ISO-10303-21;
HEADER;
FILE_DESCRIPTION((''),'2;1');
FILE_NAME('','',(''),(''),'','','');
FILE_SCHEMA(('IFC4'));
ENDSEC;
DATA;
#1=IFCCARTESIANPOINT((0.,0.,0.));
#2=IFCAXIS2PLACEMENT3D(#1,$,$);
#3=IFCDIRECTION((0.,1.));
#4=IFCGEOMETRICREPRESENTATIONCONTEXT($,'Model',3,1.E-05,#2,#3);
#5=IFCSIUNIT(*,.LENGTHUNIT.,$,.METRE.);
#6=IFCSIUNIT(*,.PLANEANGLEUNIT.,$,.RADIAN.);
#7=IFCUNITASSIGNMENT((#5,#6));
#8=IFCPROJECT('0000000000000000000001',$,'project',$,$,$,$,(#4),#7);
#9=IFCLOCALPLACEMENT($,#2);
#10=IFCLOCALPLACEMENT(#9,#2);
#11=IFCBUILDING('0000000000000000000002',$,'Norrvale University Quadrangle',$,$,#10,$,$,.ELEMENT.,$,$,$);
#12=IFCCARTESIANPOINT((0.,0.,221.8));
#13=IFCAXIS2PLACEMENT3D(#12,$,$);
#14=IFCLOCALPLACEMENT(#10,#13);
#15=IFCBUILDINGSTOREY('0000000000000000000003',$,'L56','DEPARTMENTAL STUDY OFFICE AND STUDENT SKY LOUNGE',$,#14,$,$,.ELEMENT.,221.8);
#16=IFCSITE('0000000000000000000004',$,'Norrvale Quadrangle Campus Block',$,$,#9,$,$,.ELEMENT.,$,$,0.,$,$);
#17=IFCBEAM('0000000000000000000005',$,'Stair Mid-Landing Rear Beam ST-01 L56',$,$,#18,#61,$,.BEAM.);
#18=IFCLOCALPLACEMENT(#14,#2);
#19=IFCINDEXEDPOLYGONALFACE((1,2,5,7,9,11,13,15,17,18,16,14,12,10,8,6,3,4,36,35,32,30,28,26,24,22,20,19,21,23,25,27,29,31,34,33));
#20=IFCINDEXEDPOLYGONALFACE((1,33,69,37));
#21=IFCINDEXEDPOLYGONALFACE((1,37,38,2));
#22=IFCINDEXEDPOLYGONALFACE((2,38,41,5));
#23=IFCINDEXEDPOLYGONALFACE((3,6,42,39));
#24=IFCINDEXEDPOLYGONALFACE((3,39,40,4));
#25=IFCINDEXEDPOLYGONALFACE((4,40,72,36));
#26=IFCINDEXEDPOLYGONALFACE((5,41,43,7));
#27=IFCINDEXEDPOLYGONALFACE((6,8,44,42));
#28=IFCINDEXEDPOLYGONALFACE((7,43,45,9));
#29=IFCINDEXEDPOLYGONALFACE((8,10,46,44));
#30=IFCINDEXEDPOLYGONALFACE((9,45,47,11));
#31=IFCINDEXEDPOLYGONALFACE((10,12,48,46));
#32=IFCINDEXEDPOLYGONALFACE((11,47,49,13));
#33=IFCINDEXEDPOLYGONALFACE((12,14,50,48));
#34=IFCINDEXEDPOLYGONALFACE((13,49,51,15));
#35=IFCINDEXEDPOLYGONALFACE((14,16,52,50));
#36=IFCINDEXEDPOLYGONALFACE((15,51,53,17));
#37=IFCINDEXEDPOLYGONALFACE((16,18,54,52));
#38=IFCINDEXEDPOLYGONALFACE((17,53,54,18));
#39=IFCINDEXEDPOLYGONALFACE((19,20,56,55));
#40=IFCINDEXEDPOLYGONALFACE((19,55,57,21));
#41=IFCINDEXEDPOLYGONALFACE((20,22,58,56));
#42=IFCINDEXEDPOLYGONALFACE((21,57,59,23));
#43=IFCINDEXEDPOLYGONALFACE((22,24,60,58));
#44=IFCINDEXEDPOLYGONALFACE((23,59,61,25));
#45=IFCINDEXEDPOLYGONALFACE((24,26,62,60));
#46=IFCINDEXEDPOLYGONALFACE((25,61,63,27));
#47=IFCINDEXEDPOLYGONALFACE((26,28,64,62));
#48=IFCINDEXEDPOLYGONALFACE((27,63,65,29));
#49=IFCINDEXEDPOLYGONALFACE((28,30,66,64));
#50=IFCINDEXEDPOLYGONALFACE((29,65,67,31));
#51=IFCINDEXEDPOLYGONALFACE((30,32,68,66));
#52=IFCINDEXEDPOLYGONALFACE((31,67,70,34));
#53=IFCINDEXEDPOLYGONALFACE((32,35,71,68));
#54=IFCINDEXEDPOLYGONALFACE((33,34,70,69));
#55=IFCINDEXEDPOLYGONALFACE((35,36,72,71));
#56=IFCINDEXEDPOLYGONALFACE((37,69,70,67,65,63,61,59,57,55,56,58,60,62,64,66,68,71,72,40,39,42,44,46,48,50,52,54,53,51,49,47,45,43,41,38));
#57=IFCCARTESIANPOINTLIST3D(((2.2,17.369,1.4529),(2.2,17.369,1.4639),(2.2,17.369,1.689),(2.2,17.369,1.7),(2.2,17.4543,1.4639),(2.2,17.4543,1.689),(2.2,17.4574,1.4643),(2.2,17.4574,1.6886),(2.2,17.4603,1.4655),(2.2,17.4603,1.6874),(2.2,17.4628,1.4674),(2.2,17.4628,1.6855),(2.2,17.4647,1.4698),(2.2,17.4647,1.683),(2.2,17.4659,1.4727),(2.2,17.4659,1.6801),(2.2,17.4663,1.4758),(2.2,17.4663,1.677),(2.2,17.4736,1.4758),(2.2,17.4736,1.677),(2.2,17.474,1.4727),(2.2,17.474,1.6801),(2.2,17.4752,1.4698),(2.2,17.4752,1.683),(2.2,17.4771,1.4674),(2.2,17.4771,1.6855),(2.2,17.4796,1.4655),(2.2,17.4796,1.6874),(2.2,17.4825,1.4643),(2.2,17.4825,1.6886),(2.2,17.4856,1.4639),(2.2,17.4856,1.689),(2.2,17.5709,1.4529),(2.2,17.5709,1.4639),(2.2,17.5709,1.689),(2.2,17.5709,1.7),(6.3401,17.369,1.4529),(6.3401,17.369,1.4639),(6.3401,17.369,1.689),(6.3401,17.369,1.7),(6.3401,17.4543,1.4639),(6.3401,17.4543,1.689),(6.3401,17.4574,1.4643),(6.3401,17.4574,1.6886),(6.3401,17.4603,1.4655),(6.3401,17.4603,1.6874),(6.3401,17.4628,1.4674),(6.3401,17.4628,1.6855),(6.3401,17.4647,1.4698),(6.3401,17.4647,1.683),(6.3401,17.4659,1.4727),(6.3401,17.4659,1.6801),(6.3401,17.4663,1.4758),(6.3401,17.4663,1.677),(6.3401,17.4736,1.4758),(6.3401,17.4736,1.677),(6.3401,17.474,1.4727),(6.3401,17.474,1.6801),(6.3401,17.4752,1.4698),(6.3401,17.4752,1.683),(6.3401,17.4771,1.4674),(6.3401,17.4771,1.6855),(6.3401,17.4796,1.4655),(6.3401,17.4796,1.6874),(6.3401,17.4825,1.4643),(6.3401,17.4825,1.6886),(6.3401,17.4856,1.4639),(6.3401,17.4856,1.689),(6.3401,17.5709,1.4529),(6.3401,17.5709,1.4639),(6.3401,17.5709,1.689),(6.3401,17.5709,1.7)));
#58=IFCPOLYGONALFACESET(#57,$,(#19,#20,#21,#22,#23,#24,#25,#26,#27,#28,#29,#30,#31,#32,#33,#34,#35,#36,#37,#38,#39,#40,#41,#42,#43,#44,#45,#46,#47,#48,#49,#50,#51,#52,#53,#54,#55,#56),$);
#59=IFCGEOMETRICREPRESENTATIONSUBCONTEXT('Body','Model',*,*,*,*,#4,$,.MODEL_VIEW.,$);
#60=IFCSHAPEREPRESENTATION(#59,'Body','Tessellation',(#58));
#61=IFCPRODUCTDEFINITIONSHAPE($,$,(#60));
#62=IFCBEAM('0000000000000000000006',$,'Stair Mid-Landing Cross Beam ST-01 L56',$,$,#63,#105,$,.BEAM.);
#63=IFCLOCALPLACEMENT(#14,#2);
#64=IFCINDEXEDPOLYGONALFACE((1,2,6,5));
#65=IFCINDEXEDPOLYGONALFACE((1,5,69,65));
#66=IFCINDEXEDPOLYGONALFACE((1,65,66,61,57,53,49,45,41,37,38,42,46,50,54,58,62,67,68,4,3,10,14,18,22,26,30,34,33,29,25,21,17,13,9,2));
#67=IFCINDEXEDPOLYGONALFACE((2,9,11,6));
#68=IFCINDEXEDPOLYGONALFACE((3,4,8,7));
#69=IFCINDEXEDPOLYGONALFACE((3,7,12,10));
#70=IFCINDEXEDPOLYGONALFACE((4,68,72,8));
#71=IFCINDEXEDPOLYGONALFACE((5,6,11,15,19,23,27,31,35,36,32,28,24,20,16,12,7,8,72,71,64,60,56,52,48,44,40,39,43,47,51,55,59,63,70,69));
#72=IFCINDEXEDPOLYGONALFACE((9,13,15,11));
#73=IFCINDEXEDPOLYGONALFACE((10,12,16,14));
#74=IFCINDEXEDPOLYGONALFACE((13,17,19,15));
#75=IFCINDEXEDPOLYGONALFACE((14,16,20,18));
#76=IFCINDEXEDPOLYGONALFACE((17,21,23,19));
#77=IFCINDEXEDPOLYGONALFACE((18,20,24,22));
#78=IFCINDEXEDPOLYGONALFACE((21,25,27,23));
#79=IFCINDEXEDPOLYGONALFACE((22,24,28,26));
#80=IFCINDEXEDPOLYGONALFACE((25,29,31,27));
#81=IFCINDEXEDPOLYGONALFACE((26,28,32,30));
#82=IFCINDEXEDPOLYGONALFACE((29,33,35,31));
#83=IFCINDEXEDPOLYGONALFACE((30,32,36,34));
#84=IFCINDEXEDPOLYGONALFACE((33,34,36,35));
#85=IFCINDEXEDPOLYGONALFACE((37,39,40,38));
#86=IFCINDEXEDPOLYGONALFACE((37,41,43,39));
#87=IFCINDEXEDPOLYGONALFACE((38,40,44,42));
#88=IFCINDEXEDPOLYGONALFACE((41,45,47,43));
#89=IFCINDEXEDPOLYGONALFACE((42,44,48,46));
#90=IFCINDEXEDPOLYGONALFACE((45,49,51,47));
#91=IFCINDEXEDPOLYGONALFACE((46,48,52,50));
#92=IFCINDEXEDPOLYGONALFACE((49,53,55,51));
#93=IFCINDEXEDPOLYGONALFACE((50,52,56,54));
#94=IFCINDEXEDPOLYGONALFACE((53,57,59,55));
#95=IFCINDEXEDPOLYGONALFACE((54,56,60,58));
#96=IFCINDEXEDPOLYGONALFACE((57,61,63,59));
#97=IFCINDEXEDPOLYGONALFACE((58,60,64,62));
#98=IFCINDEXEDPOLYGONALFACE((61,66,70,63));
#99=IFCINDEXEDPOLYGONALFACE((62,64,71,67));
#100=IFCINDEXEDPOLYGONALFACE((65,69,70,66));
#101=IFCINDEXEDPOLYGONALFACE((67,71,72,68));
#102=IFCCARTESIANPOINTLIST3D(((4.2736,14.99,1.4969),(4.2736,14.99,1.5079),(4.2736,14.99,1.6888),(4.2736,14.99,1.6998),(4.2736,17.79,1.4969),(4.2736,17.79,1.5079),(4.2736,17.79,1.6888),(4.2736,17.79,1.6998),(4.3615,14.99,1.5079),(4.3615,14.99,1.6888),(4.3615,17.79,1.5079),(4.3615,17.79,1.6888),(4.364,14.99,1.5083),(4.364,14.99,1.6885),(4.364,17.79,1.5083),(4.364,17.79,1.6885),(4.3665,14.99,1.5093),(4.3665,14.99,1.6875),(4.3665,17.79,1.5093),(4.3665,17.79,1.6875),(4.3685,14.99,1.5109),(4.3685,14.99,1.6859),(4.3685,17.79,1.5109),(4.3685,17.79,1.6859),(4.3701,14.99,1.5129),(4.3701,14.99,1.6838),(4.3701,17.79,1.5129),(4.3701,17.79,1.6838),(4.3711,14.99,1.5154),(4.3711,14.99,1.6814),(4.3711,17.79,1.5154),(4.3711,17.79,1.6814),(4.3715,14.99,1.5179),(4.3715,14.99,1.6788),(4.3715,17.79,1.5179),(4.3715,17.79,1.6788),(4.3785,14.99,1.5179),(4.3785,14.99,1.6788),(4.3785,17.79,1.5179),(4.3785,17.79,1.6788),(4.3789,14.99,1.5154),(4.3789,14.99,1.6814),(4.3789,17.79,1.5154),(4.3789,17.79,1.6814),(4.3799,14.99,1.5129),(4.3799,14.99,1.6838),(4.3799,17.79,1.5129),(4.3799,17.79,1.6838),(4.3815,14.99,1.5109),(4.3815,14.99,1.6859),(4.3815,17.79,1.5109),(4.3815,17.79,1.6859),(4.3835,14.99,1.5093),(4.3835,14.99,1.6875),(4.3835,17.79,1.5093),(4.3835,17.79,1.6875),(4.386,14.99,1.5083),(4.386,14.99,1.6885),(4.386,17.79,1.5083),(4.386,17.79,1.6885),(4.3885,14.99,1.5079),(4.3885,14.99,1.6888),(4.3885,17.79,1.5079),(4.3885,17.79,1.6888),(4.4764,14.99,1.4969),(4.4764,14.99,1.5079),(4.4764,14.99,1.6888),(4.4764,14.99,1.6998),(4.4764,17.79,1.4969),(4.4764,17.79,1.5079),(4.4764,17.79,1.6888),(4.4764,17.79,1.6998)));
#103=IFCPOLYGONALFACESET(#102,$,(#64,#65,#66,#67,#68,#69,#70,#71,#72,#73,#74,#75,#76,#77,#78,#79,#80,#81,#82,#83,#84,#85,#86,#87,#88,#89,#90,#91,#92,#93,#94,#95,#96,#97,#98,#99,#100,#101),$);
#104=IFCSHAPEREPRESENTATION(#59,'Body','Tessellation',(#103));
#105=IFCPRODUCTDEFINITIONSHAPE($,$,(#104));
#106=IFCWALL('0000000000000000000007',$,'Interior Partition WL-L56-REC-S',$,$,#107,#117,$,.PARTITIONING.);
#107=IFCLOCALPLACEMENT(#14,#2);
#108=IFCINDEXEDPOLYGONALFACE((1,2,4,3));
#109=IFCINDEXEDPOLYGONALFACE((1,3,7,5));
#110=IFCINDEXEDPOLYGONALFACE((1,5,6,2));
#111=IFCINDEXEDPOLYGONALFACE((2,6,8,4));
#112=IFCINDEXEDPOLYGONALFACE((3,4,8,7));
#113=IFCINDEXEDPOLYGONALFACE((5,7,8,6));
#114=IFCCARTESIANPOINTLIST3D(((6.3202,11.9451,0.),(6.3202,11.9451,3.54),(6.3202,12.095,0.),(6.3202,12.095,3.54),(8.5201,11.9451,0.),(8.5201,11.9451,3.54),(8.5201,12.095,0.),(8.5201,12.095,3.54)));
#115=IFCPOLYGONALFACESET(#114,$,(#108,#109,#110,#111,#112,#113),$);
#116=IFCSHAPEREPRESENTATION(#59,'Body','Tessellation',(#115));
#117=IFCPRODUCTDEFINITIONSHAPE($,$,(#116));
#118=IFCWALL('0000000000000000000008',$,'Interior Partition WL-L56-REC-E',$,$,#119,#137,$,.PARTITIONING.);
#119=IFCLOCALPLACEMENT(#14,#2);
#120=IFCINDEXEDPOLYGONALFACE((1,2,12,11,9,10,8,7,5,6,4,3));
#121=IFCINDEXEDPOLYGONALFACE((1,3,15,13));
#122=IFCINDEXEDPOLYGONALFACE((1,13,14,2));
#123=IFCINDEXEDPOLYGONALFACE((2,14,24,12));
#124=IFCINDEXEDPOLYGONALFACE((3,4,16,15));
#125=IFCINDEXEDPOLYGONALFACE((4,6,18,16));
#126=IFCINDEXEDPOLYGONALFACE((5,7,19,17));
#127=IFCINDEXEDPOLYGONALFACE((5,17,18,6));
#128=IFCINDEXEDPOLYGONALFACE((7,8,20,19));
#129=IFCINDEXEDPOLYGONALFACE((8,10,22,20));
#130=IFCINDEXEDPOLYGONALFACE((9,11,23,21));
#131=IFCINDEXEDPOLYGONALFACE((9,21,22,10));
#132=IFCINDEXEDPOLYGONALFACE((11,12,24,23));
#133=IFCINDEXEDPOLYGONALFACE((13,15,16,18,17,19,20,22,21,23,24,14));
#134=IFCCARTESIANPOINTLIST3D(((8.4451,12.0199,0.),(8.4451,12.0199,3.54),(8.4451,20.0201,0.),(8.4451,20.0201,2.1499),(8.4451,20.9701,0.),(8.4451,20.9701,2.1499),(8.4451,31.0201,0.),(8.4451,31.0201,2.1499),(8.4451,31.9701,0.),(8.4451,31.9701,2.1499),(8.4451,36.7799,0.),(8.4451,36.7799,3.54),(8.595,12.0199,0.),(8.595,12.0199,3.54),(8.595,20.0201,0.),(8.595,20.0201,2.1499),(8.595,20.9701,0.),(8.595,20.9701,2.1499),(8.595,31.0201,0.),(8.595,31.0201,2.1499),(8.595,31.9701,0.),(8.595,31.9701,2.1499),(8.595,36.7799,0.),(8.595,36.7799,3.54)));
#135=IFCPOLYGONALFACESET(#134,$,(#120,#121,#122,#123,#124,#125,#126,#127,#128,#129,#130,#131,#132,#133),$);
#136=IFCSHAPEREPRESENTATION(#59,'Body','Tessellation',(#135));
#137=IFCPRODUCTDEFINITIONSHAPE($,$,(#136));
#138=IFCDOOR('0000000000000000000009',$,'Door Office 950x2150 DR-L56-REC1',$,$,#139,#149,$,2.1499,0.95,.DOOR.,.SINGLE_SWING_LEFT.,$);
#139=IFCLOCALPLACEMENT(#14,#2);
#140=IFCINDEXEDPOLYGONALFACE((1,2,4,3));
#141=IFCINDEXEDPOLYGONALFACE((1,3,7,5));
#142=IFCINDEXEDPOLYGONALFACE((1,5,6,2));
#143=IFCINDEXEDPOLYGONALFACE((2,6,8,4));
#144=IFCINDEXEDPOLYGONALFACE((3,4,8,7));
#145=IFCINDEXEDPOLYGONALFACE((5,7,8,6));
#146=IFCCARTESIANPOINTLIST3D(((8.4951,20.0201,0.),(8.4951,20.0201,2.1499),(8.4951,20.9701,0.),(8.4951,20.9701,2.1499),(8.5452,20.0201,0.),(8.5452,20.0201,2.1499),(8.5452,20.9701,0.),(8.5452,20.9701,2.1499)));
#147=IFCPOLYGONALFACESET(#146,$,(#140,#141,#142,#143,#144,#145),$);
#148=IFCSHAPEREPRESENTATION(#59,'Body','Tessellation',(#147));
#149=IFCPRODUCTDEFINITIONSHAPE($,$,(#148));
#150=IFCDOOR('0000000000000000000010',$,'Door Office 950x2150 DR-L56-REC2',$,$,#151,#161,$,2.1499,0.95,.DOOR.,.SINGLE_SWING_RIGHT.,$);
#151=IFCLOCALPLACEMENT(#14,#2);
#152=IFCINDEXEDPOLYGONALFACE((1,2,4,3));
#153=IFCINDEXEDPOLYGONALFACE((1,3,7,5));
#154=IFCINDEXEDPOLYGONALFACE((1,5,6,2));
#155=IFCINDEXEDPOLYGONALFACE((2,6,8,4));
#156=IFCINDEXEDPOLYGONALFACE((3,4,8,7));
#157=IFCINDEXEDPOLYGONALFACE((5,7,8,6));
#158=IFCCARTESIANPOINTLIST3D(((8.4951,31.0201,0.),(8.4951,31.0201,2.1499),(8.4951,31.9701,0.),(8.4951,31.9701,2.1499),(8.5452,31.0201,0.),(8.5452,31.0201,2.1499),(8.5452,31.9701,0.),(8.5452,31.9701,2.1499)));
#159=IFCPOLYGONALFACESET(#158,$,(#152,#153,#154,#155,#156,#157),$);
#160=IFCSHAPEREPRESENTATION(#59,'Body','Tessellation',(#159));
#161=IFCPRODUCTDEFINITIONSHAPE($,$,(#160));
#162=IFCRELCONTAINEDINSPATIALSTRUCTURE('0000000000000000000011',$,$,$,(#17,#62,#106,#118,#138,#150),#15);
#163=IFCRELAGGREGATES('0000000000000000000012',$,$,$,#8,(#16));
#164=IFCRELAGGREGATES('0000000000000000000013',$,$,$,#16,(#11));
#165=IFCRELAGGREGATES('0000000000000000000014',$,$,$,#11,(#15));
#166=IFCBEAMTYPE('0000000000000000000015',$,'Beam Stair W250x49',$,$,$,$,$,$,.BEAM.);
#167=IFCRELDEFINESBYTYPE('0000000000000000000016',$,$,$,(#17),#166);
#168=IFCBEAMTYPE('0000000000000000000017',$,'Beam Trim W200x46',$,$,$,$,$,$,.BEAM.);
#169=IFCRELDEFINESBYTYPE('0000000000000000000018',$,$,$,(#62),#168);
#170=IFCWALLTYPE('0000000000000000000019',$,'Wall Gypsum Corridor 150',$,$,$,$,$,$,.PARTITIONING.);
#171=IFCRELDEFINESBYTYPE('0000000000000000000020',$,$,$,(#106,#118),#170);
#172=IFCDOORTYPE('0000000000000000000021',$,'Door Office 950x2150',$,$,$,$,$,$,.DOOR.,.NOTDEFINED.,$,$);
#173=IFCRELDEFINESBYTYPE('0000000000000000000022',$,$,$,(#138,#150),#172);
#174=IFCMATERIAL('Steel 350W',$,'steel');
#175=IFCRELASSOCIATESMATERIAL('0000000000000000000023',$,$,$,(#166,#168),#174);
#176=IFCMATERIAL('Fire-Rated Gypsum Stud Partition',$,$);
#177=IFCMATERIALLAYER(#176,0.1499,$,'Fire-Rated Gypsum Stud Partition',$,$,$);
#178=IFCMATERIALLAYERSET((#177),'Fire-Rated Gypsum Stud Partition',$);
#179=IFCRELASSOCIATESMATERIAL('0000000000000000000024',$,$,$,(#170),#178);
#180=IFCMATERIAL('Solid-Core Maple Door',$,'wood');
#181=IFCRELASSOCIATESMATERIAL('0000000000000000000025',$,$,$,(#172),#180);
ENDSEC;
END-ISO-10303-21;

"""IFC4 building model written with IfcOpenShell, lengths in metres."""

from ifc_helpers import new_model, si_unit, direction, frame, frame_2d, origin, origin_2d, place, context, subcontext, project, spatial, rectangle, i_section, extrude, material, layer, layer_set, material_profile, profile_set, type_object, element, fill, save


model = new_model("IFC4")

# Units and contexts
model_context = context("Model", 3, precision=1e-05, world=origin(), true_north=direction((0.0, 1.0)))
body_context = subcontext(model_context, "Body", "Model", "MODEL_VIEW")
ifc_project = project(units=[si_unit("LENGTHUNIT", "METRE"), si_unit("PLANEANGLEUNIT", "RADIAN")], contexts=[model_context])

# Site, building, storey
site_placement = place(None, origin())
site = spatial("IfcSite", under=ifc_project, at=site_placement, Name="Norrvale Quadrangle Campus Block", CompositionType="ELEMENT", RefElevation=0.0)
building_placement = place(site_placement, origin())
building = spatial("IfcBuilding", under=site, at=building_placement, Name="Norrvale University Quadrangle", CompositionType="ELEMENT")
storey_placement = place(building_placement, frame((0.0, 0.0, 221.8)))
storey = spatial("IfcBuildingStorey", under=building, at=storey_placement, Name="L56", Description="DEPARTMENTAL STUDY OFFICE AND STUDENT SKY LOUNGE", CompositionType="ELEMENT", Elevation=221.8)

# Beams
ifc_material_1 = material(Name="Steel 350W", Category="steel")
ifc_material_profile_1 = material_profile(ifc_material_1, i_section(OverallWidth=0.2019, OverallDepth=0.2471, WebThickness=0.0073, FlangeThickness=0.011, FilletRadius=0.012, at=origin_2d()), Name="Steel 350W")
ifc_profile_set_1 = profile_set([ifc_material_profile_1], Name="Steel 350W")
beam_type_1 = type_object("IfcBeamType", Name="Beam Stair W250x49", PredefinedType="BEAM", material=ifc_profile_set_1)
for number, where, z_axis, x_axis, name in (
    (1, (2.2, 17.47, 1.5764), (1.0, 0.0, 0.0), (0.0, 1.0, 0.0), "Stair Mid-Landing Rear Beam ST-01 L56"),
):
    element("IfcBeam", number, at=place(storey_placement, frame(where, z_axis=z_axis, x_axis=x_axis)), inside=storey, type_object=beam_type_1, Name=name, PredefinedType="BEAM", context=body_context, shape_type="SweptSolid", body=[
        extrude(i_section(OverallWidth=0.2019, OverallDepth=0.2471, WebThickness=0.0073, FlangeThickness=0.011, FilletRadius=0.012, at=origin_2d()), origin(), (0.0, 0.0, 1.0), 4.1401),
    ])
ifc_material_profile_2 = material_profile(ifc_material_1, i_section(OverallWidth=0.2029, OverallDepth=0.2029, WebThickness=0.0071, FlangeThickness=0.011, FilletRadius=0.01, at=origin_2d()), Name="Steel 350W")
ifc_profile_set_2 = profile_set([ifc_material_profile_2], Name="Steel 350W")
beam_type_2 = type_object("IfcBeamType", Name="Beam Trim W200x46", PredefinedType="BEAM", material=ifc_profile_set_2)
beam_1_placement = place(storey_placement, frame((4.375, 14.99, 1.5984), z_axis=(0.0, 1.0, 0.0), x_axis=(-1.0, 0.0, 0.0)))
element("IfcBeam", 2, at=beam_1_placement, inside=storey, type_object=beam_type_2, Name="Stair Mid-Landing Cross Beam ST-01 L56", PredefinedType="BEAM", context=body_context, shape_type="SweptSolid", body=[
    extrude(i_section(OverallWidth=0.2029, OverallDepth=0.2029, WebThickness=0.0071, FlangeThickness=0.011, FilletRadius=0.01, at=origin_2d()), origin(), (0.0, 0.0, 1.0), 2.8),
])

# Wall
ifc_material_2 = material(Name="Fire-Rated Gypsum Stud Partition")
ifc_layer_1 = layer(ifc_material_2, 0.1499, Name="Fire-Rated Gypsum Stud Partition")
ifc_layer_set_1 = layer_set([ifc_layer_1], Name="Fire-Rated Gypsum Stud Partition")
wall_type_1 = type_object("IfcWallType", Name="Wall Gypsum Corridor 150", PredefinedType="PARTITIONING", material=ifc_layer_set_1)
wall_1_placement = place(storey_placement, frame((6.3201, 12.02, 0.0), z_axis=(0.0, 0.0, 1.0), x_axis=(1.0, 0.0, 0.0)))
element("IfcWall", 3, at=wall_1_placement, inside=storey, type_object=wall_type_1, Name="Interior Partition WL-L56-REC-S", PredefinedType="PARTITIONING", context=body_context, shape_type="SweptSolid", body=[
    extrude(rectangle(XDim=2.2, YDim=0.1499, at=frame_2d((1.1001, 0.0))), origin(), (0.0, 0.0, 1.0), 3.54),
])

# Wall, openings, doors
wall_2_placement = place(storey_placement, frame((8.52, 12.02, 0.0), z_axis=(0.0, 0.0, 1.0), x_axis=(0.0, 1.0, 0.0)))
wall_2 = element("IfcWall", 4, at=wall_2_placement, inside=storey, type_object=wall_type_1, Name="Interior Partition WL-L56-REC-E", PredefinedType="PARTITIONING", context=body_context, shape_type="SweptSolid", body=[
    extrude(rectangle(XDim=24.76, YDim=0.1499, at=frame_2d((12.3799, 0.0))), origin(), (0.0, 0.0, 1.0), 3.54),
])
opening_1_placement = place(wall_2_placement, frame((8.0, 0.0, 0.0)))
opening_1 = element("IfcOpeningElement", 5, at=opening_1_placement, cuts=wall_2, PredefinedType="OPENING", context=body_context, shape_type="SweptSolid", body=[
    extrude(rectangle(XDim=0.95, YDim=2.1499, at=frame_2d((0.4751, 1.075))), frame((0.0, 0.0869, 0.0), z_axis=(0.0, -1.0, 0.0), x_axis=(1.0, 0.0, 0.0)), (0.0, 0.0, 1.0), 0.1738),
])
opening_2_placement = place(wall_2_placement, frame((19.0, 0.0, 0.0)))
opening_2 = element("IfcOpeningElement", 6, at=opening_2_placement, cuts=wall_2, PredefinedType="OPENING", context=body_context, shape_type="SweptSolid", body=[
    extrude(rectangle(XDim=0.95, YDim=2.1499, at=frame_2d((0.4751, 1.075))), frame((0.0, 0.0869, 0.0), z_axis=(0.0, -1.0, 0.0), x_axis=(1.0, 0.0, 0.0)), (0.0, 0.0, 1.0), 0.1738),
])
ifc_material_3 = material(Name="Solid-Core Maple Door", Category="wood")
door_type_1 = type_object("IfcDoorType", Name="Door Office 950x2150", OperationType="NOTDEFINED", PredefinedType="DOOR", material=ifc_material_3)
door_1_placement = place(opening_1_placement, origin())
door_1 = element("IfcDoor", 7, at=door_1_placement, inside=storey, type_object=door_type_1, Name="Door Office 950x2150 DR-L56-REC1", OperationType="SINGLE_SWING_LEFT", OverallHeight=2.1499, OverallWidth=0.95, PredefinedType="DOOR", context=body_context, shape_type="SweptSolid", body=[
    extrude(rectangle(XDim=0.95, YDim=2.1499, at=frame_2d((0.4751, 1.075))), frame((0.0, 0.0249, 0.0), z_axis=(0.0, -1.0, 0.0), x_axis=(1.0, 0.0, 0.0)), (0.0, 0.0, 1.0), 0.05),
])
fill(opening_1, door_1)
door_2_placement = place(opening_2_placement, origin())
door_2 = element("IfcDoor", 8, at=door_2_placement, inside=storey, type_object=door_type_1, Name="Door Office 950x2150 DR-L56-REC2", OperationType="SINGLE_SWING_RIGHT", OverallHeight=2.1499, OverallWidth=0.95, PredefinedType="DOOR", context=body_context, shape_type="SweptSolid", body=[
    extrude(rectangle(XDim=0.95, YDim=2.1499, at=frame_2d((0.4751, 1.075))), frame((0.0, 0.0249, 0.0), z_axis=(0.0, -1.0, 0.0), x_axis=(1.0, 0.0, 0.0)), (0.0, 0.0, 1.0), 0.05),
])
fill(opening_2, door_2)

save(model, "model.ifc")
